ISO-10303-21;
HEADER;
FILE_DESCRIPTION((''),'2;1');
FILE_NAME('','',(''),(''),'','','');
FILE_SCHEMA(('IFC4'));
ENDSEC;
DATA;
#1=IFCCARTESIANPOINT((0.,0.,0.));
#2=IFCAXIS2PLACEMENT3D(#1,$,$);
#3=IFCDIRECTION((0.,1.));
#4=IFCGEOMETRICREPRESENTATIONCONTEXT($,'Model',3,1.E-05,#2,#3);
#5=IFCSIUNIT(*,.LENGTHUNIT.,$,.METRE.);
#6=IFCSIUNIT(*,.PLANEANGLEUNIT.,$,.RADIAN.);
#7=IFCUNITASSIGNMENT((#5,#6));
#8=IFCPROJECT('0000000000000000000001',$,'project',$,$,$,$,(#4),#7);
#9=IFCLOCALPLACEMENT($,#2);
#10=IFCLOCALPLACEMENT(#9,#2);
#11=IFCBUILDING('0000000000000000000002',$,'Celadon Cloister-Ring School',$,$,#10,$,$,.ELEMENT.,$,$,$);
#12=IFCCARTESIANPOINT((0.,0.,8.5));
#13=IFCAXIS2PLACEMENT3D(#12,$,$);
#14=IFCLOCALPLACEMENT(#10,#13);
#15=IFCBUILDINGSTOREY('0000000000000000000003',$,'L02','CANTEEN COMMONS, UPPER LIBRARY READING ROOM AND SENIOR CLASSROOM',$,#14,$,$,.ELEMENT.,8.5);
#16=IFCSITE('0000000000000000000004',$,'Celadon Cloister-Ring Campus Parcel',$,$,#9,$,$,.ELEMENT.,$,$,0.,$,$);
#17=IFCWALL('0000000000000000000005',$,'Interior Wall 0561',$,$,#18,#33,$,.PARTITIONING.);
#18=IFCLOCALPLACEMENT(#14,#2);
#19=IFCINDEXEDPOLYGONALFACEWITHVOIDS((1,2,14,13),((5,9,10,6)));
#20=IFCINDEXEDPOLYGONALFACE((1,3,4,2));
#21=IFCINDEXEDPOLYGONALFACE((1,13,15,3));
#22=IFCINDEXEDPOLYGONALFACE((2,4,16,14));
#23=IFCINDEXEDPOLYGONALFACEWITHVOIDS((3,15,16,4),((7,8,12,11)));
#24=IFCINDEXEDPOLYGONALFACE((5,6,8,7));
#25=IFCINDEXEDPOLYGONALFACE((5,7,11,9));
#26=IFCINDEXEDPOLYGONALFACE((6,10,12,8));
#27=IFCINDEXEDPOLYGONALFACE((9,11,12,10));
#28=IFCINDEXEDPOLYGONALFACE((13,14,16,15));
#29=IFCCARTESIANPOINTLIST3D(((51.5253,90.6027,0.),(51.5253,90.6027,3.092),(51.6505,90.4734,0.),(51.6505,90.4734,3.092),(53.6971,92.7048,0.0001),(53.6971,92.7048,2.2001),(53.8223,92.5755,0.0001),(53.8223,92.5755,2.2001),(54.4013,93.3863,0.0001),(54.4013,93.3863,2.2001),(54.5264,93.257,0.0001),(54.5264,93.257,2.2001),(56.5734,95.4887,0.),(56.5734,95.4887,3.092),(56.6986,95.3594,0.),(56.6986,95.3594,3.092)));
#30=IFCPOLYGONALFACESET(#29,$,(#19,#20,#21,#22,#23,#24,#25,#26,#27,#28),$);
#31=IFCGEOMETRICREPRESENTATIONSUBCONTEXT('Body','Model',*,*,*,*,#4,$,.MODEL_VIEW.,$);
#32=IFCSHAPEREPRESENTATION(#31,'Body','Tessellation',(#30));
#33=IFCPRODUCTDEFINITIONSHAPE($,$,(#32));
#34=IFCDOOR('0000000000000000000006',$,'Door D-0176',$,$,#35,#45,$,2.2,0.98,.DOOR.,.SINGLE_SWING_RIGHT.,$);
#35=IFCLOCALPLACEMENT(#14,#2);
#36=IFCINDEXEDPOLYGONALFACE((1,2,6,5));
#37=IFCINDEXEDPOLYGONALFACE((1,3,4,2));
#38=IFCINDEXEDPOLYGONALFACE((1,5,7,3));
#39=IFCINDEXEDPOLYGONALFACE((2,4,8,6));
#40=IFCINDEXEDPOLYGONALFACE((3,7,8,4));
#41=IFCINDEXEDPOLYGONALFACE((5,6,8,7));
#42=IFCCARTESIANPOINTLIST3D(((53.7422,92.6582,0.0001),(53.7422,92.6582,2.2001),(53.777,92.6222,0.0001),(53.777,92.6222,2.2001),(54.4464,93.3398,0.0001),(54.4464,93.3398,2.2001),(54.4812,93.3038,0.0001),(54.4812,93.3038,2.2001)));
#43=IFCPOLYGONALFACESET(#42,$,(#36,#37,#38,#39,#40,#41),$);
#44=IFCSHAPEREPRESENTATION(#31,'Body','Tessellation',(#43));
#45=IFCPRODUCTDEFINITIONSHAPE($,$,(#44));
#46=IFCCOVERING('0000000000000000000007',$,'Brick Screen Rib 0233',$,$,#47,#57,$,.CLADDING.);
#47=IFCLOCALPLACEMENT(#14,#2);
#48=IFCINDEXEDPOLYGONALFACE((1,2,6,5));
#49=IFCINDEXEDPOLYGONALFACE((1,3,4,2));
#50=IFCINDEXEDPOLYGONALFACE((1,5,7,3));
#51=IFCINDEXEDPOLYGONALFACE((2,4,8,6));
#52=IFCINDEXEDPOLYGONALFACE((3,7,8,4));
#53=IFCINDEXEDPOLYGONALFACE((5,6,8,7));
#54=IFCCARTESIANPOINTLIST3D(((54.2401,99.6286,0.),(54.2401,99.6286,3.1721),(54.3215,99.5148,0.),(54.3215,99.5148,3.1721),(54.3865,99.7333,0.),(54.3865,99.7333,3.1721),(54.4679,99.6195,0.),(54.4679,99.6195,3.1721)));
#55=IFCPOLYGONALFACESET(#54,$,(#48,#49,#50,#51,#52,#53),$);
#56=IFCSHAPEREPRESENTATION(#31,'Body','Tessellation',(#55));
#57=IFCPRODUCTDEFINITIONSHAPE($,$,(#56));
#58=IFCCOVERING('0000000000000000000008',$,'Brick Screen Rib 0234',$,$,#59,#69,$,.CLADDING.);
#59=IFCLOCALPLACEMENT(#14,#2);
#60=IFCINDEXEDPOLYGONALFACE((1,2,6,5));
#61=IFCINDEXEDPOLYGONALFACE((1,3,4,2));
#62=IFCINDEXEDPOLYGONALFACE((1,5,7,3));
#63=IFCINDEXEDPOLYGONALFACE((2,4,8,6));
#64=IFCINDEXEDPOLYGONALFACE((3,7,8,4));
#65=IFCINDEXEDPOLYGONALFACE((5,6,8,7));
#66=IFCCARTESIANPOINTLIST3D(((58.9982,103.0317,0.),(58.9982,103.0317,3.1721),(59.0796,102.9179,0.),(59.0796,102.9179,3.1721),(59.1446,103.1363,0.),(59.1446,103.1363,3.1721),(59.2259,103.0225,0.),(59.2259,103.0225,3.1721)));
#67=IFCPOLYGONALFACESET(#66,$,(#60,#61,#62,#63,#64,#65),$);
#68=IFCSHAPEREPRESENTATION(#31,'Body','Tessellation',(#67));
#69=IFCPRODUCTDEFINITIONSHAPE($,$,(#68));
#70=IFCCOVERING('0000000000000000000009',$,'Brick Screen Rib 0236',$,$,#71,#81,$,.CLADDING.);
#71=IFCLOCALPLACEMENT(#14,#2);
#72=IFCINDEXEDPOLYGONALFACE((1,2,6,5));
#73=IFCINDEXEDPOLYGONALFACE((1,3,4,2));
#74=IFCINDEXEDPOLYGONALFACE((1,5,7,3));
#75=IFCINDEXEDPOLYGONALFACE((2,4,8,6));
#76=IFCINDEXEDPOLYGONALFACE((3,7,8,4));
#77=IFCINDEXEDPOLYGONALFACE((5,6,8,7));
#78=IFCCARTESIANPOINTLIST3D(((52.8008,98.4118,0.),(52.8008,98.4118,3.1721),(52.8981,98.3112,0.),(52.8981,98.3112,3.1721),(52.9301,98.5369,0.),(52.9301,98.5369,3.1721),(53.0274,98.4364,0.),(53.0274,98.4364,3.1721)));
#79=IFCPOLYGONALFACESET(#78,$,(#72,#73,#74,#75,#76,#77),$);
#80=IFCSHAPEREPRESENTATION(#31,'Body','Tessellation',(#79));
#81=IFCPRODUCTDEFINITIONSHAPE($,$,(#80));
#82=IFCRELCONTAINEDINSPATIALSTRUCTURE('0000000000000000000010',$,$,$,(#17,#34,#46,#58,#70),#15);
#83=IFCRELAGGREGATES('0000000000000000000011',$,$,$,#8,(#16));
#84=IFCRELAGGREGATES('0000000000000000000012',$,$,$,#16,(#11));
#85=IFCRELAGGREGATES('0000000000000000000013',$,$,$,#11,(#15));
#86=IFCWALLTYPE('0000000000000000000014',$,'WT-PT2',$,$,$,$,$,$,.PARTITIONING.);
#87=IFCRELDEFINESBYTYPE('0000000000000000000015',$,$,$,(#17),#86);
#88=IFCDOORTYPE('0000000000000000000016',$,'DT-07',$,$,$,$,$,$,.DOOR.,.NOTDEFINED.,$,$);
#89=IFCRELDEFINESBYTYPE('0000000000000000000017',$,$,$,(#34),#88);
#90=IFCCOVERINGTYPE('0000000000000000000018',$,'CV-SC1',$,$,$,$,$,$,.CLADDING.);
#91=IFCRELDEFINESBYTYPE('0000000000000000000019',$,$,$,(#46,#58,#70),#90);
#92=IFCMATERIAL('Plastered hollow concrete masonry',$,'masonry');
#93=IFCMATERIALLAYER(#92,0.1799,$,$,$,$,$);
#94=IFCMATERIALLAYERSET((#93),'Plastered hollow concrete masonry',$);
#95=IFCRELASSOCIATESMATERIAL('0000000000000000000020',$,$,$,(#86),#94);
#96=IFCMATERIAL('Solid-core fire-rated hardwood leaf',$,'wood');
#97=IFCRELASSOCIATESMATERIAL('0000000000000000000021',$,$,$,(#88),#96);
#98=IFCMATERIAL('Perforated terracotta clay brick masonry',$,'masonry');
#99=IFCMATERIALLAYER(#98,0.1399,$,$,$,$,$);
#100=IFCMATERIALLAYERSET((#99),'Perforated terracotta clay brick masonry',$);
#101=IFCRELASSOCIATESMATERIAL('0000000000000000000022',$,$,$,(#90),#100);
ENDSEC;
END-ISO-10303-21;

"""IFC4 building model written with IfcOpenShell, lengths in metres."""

from ifc_helpers import new_model, si_unit, direction, frame, frame_2d, origin, origin_2d, place, context, subcontext, project, spatial, rectangle, extrude, material, layer, layer_set, type_object, element, fill, save


model = new_model("IFC4")

# Units and contexts
model_context = context("Model", 3, precision=1e-05, world=origin(), true_north=direction((0.0, 1.0)))
body_context = subcontext(model_context, "Body", "Model", "MODEL_VIEW")
ifc_project = project(units=[si_unit("LENGTHUNIT", "METRE"), si_unit("PLANEANGLEUNIT", "RADIAN")], contexts=[model_context])

# Site, building, storey
site_placement = place(None, origin())
site = spatial("IfcSite", under=ifc_project, at=site_placement, Name="Celadon Cloister-Ring Campus Parcel", CompositionType="ELEMENT", RefElevation=0.0)
building_placement = place(site_placement, origin())
building = spatial("IfcBuilding", under=site, at=building_placement, Name="Celadon Cloister-Ring School", CompositionType="ELEMENT")
storey_placement = place(building_placement, frame((0.0, 0.0, 8.5)))
storey = spatial("IfcBuildingStorey", under=building, at=storey_placement, Name="L02", Description="CANTEEN COMMONS, UPPER LIBRARY READING ROOM AND SENIOR CLASSROOM", CompositionType="ELEMENT", Elevation=8.5)

# Wall, opening, door
ifc_material_1 = material(Name="Plastered hollow concrete masonry", Category="masonry")
ifc_layer_1 = layer(ifc_material_1, 0.1799)
ifc_layer_set_1 = layer_set([ifc_layer_1], Name="Plastered hollow concrete masonry")
wall_type_1 = type_object("IfcWallType", Name="WT-PT2", PredefinedType="PARTITIONING", material=ifc_layer_set_1)
wall_1_placement = place(storey_placement, frame((56.636, 95.4241, 0.0), z_axis=(0.0, 0.0, 1.0), x_axis=(-0.71855, -0.695475, 0.0)))
wall_1 = element("IfcWall", 1, at=wall_1_placement, inside=storey, type_object=wall_type_1, Name="Interior Wall 0561", PredefinedType="PARTITIONING", context=body_context, shape_type="SweptSolid", body=[
    extrude(rectangle(XDim=7.0254, YDim=0.1799, at=frame_2d((3.5127, 0.0))), origin(), (0.0, 0.0, 1.0), 3.092),
])
opening_1_placement = place(wall_1_placement, frame((3.0229, 0.0, 0.0)))
opening_1 = element("IfcOpeningElement", 2, at=opening_1_placement, cuts=wall_1, PredefinedType="OPENING", context=body_context, shape_type="SweptSolid", body=[
    extrude(rectangle(XDim=0.98, YDim=2.2, at=frame_2d((0.49, 1.1001))), frame((0.0, 0.1001, 0.0), z_axis=(0.0, -1.0, 0.0), x_axis=(1.0, 0.0, 0.0)), (0.0, 0.0, 1.0), 0.2),
])
ifc_material_2 = material(Name="Solid-core fire-rated hardwood leaf", Category="wood")
door_type = type_object("IfcDoorType", Name="DT-07", OperationType="NOTDEFINED", PredefinedType="DOOR", material=ifc_material_2)
door_placement = place(opening_1_placement, origin())
door = element("IfcDoor", 3, at=door_placement, inside=storey, type_object=door_type, Name="Door D-0176", OperationType="SINGLE_SWING_RIGHT", OverallHeight=2.2, OverallWidth=0.98, PredefinedType="DOOR", context=body_context, shape_type="SweptSolid", body=[
    extrude(rectangle(XDim=0.98, YDim=2.2, at=frame_2d((0.49, 1.1001))), frame((0.0, 0.0249, 0.0), z_axis=(0.0, -1.0, 0.0), x_axis=(1.0, 0.0, 0.0)), (0.0, 0.0, 1.0), 0.05),
])
fill(opening_1, door)

# Coverings
ifc_material_3 = material(Name="Perforated terracotta clay brick masonry", Category="masonry")
ifc_layer_2 = layer(ifc_material_3, 0.1399)
ifc_layer_set_2 = layer_set([ifc_layer_2], Name="Perforated terracotta clay brick masonry")
covering_type = type_object("IfcCoveringType", Name="CV-SC1", PredefinedType="CLADDING", material=ifc_layer_set_2)
for number, where, z_axis, x_axis, name in (
    (4, (54.354, 99.624, 0.0), (0.0, 0.0, 1.0), (0.813416, 0.581683, 0.0), "Brick Screen Rib 0233"),
    (5, (59.1121, 103.0271, 0.0), (0.0, 0.0, 1.0), (0.813416, 0.581683, 0.0), "Brick Screen Rib 0234"),
    (6, (52.9141, 98.4241, 0.0), (0.0, 0.0, 1.0), (0.718588, 0.695436, 0.0), "Brick Screen Rib 0236"),
):
    element("IfcCovering", number, at=place(storey_placement, frame(where, z_axis=z_axis, x_axis=x_axis)), inside=storey, type_object=covering_type, Name=name, PredefinedType="CLADDING", context=body_context, shape_type="SweptSolid", body=[
        extrude(rectangle(XDim=0.1799, YDim=0.1399, at=origin_2d()), origin(), (0.0, 0.0, 1.0), 3.1721),
    ])

save(model, "model.ifc")
